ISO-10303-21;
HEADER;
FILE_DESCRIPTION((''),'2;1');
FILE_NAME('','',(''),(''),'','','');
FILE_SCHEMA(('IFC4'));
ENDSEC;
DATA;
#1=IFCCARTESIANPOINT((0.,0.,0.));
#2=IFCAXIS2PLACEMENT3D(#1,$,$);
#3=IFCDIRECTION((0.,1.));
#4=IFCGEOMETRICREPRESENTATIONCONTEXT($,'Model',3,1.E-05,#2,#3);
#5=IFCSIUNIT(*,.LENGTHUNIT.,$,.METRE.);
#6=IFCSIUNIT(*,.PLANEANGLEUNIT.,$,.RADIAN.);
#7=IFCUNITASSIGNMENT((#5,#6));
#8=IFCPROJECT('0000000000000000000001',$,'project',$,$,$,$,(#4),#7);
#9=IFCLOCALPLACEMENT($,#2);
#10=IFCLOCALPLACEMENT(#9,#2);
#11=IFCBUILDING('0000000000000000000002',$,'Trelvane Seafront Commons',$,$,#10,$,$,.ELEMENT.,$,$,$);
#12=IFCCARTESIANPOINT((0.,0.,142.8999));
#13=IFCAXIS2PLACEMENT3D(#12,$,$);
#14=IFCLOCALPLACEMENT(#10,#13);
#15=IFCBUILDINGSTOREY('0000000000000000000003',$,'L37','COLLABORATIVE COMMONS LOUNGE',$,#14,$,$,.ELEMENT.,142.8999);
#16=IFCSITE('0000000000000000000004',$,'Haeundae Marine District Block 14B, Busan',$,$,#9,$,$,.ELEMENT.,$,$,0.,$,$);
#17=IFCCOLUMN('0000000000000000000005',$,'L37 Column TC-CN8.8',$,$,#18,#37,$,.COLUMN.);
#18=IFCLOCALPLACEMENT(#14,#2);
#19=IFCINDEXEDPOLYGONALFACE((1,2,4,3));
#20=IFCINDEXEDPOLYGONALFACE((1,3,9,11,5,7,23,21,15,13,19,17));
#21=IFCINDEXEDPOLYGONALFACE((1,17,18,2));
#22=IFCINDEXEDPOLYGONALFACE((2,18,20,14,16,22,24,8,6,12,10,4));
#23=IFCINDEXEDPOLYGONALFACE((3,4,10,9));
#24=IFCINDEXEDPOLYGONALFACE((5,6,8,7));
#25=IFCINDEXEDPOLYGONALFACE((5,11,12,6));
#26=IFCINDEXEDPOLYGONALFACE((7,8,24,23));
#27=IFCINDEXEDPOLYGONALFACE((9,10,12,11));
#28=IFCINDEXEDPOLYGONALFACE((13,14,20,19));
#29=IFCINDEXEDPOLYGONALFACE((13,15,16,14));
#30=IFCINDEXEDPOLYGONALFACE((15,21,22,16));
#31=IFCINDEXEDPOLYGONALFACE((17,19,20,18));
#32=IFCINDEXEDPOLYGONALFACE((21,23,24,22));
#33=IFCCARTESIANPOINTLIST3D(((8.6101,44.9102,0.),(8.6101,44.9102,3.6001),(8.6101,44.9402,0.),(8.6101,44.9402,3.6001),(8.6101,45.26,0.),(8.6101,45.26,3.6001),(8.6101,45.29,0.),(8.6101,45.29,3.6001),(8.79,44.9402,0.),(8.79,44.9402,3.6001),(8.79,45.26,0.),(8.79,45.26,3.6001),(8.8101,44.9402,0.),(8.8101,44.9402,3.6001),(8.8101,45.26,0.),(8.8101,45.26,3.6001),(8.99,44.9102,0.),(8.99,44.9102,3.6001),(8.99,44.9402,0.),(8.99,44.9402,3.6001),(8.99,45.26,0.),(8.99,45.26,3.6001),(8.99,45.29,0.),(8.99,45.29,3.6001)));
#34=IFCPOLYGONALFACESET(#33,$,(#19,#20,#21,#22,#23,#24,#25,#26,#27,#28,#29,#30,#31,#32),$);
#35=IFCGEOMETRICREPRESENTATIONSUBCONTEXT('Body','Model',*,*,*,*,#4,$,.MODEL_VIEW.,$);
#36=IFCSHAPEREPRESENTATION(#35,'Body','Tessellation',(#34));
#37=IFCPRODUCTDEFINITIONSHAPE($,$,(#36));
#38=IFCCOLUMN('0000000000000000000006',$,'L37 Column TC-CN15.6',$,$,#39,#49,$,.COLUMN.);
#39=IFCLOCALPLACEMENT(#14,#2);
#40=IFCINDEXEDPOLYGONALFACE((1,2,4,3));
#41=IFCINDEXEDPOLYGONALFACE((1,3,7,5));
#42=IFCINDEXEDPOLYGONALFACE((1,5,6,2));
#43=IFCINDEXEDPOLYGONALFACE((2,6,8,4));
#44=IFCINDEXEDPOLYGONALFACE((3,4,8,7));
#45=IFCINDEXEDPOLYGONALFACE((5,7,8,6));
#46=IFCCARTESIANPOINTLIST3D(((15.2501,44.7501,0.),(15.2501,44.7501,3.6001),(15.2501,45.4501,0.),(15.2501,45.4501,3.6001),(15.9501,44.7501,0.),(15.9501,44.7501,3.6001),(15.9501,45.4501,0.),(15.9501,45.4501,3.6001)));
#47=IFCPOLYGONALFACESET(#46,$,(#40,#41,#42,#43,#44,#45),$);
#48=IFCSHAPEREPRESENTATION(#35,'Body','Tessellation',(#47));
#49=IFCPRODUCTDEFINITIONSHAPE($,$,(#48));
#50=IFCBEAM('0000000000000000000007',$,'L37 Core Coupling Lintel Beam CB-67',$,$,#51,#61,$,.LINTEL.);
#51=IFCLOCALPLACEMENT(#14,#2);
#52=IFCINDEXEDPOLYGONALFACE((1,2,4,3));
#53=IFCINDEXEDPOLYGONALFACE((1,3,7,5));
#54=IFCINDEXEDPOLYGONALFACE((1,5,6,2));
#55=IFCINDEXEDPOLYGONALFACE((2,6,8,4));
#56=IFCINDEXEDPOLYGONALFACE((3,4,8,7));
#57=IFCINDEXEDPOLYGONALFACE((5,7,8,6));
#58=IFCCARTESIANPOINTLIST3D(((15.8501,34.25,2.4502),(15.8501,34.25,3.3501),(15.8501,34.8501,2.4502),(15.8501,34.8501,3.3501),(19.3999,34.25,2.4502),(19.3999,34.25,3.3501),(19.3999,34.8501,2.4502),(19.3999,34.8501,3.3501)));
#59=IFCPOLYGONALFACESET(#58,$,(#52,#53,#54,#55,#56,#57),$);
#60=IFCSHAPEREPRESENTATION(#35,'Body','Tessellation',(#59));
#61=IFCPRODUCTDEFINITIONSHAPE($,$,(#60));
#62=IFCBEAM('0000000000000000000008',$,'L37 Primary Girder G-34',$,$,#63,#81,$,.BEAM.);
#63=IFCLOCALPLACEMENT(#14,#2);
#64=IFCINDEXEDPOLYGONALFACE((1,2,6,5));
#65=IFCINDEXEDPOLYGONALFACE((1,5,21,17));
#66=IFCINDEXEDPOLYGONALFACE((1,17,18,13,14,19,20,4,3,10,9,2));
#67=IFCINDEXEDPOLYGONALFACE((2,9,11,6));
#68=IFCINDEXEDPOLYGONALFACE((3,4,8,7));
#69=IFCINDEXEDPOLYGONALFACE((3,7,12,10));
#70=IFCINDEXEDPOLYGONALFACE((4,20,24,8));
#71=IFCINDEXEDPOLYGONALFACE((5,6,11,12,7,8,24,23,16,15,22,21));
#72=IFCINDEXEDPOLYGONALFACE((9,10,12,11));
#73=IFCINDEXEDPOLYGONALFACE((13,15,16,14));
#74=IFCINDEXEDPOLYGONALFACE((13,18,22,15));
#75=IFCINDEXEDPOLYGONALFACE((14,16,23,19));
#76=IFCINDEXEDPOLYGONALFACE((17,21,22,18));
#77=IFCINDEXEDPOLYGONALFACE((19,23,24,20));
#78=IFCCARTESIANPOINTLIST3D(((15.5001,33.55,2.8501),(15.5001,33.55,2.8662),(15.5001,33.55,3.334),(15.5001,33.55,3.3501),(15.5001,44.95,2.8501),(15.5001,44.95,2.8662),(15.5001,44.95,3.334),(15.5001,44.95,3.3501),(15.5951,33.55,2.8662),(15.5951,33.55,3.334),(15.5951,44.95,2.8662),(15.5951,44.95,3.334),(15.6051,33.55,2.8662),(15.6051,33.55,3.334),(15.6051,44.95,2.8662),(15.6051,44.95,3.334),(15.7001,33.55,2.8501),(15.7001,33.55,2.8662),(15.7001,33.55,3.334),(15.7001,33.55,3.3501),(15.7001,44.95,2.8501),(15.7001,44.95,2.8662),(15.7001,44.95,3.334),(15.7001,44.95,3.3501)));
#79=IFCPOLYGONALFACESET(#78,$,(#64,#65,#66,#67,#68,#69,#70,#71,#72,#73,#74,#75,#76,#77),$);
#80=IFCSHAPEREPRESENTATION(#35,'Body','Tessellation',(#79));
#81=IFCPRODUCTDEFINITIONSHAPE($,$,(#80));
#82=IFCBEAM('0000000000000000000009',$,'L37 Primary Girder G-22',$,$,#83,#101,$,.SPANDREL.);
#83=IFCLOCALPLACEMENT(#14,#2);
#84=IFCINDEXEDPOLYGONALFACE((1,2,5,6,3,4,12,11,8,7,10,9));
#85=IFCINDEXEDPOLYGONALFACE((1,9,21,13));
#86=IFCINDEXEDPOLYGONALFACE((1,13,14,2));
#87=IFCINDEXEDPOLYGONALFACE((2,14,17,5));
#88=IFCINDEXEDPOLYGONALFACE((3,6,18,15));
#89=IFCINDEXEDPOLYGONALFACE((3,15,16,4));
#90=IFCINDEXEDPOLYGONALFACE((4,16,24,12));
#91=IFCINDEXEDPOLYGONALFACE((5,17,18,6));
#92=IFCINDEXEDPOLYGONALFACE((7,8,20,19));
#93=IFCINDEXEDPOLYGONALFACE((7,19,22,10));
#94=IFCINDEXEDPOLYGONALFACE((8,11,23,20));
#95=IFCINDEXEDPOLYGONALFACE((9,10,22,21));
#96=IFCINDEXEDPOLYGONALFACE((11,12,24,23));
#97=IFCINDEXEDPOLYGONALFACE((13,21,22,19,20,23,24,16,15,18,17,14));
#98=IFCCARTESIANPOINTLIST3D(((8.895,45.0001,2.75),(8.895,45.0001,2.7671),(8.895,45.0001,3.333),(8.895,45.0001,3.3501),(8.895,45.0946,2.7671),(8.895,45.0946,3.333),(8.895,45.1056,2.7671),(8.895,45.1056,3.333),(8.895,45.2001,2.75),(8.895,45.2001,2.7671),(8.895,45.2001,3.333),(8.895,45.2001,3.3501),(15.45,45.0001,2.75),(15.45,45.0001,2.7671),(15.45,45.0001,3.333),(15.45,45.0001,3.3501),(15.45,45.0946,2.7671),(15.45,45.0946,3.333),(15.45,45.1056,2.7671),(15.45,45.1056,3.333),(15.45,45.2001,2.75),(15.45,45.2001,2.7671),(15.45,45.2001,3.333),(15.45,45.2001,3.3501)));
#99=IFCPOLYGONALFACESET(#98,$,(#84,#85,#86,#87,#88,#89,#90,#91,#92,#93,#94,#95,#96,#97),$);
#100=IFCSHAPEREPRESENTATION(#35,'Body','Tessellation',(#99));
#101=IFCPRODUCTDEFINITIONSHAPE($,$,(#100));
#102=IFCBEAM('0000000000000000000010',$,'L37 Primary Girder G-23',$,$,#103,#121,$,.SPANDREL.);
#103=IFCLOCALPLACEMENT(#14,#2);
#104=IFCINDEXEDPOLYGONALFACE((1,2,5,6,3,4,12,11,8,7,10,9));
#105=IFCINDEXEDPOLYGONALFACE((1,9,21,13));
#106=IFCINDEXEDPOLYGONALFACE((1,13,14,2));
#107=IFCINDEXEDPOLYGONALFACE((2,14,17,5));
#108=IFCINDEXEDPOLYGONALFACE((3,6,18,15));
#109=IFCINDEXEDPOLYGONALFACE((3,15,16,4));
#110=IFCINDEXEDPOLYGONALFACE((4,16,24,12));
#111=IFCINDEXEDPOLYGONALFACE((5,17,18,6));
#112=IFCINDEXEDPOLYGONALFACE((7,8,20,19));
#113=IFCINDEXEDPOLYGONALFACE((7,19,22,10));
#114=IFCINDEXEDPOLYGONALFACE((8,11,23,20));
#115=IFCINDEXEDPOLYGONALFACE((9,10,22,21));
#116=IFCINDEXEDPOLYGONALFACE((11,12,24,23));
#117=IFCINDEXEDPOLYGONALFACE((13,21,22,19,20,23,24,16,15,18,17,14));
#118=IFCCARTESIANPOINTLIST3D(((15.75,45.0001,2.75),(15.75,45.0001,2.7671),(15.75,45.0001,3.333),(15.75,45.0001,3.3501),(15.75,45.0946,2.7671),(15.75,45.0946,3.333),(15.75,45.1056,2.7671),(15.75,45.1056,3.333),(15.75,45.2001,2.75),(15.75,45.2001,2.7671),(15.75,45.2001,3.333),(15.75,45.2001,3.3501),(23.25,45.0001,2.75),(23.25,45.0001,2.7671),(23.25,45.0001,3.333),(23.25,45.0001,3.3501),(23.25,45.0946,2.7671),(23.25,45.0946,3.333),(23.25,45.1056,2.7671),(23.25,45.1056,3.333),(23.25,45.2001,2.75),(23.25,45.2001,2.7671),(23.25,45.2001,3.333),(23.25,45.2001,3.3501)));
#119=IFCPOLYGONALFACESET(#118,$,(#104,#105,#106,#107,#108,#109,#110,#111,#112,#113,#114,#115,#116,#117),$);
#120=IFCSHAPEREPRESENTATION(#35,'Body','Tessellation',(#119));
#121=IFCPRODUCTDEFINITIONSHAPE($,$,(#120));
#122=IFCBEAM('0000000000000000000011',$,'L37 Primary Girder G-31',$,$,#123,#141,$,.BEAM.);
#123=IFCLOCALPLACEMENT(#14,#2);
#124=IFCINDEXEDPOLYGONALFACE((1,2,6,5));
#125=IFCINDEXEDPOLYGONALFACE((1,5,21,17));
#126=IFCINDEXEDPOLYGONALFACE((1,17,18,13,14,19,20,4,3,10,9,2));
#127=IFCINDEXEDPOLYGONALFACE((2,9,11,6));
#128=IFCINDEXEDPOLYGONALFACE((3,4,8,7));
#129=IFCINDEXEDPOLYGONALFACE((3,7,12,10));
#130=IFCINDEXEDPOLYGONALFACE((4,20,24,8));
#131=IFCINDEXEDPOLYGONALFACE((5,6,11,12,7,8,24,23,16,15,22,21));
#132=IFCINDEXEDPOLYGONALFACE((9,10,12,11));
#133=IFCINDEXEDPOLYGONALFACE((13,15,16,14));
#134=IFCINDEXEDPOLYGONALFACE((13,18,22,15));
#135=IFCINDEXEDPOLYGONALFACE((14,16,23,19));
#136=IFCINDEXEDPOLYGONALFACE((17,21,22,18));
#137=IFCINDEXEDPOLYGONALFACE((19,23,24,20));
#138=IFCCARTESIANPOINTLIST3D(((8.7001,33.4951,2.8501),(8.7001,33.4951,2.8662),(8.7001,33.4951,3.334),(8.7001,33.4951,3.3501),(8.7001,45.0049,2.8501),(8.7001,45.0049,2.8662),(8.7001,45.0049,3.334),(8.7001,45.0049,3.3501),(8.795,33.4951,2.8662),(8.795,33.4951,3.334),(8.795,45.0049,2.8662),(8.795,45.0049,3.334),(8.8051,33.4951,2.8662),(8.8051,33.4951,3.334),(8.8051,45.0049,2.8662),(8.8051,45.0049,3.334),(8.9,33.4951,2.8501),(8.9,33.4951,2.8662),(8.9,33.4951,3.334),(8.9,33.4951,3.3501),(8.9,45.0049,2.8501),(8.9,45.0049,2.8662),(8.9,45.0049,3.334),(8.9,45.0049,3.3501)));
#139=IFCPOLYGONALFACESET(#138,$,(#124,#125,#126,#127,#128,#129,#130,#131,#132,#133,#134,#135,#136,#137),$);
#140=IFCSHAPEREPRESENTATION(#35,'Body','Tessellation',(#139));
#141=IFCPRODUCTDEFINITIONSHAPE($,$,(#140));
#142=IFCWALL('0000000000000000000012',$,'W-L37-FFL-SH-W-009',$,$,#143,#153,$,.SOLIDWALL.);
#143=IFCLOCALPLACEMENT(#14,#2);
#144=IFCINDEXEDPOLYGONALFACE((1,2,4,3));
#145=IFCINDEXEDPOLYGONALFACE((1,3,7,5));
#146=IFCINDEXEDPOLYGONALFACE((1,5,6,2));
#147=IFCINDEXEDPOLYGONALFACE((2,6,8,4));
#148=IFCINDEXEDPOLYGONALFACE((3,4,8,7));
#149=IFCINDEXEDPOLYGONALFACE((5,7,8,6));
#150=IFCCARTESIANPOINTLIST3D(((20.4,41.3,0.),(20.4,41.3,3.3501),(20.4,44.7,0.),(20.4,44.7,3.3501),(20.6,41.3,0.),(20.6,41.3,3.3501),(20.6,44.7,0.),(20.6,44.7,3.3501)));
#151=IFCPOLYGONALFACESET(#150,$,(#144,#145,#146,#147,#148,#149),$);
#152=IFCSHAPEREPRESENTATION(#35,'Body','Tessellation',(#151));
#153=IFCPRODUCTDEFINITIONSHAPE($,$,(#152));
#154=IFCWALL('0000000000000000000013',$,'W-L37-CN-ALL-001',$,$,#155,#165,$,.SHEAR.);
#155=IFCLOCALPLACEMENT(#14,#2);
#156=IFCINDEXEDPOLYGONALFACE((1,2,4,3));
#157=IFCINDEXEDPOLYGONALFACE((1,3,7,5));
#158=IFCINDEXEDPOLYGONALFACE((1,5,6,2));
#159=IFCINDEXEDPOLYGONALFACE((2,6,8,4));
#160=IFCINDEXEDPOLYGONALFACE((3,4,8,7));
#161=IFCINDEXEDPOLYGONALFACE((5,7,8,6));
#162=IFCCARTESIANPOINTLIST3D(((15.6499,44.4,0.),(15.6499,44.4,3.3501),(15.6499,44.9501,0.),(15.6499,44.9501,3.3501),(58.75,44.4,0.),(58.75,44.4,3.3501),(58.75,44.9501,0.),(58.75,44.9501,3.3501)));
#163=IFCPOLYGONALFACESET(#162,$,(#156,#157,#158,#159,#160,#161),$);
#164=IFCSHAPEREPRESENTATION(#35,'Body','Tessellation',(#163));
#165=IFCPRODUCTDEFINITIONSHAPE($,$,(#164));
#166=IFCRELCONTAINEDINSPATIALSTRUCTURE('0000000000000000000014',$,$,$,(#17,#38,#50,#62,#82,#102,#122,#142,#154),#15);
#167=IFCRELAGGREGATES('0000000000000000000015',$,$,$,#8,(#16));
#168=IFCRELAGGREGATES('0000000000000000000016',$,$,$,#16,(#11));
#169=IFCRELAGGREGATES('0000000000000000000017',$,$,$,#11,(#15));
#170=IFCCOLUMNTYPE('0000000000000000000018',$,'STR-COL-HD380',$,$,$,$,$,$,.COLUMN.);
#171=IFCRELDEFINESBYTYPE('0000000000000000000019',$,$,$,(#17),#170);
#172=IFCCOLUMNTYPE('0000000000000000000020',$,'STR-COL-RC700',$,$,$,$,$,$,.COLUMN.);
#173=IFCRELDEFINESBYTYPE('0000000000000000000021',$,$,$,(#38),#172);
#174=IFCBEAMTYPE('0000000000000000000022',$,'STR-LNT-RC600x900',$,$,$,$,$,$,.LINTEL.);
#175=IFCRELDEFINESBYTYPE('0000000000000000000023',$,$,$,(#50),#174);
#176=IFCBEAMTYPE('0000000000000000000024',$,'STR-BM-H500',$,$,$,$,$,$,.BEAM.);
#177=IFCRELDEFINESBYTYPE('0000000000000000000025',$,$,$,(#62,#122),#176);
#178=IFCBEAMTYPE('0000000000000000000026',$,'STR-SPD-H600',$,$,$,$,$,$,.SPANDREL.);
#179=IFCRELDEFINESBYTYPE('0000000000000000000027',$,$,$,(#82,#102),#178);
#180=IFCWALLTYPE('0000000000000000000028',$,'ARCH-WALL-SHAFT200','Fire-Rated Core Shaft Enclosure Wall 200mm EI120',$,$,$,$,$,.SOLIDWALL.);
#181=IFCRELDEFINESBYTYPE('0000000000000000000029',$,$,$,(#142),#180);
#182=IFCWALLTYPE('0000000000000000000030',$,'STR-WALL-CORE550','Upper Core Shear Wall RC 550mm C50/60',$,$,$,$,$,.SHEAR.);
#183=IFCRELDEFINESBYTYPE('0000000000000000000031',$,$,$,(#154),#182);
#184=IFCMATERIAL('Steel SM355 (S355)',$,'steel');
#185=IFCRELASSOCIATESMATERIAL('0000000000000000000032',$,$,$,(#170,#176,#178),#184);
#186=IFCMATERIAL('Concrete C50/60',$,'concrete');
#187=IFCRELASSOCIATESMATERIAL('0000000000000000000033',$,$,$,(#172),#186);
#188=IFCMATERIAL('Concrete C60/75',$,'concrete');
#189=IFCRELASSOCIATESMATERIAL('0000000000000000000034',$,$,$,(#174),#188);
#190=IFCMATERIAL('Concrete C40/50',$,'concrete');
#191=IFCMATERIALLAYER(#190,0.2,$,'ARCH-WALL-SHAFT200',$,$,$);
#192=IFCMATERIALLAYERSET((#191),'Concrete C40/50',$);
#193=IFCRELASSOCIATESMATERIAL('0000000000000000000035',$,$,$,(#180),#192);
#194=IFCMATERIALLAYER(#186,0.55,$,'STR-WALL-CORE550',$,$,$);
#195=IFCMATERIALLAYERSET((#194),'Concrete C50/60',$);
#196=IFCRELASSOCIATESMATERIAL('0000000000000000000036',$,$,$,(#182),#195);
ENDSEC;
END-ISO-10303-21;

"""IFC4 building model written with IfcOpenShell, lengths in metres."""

from ifc_helpers import new_model, si_unit, direction, frame, frame_2d, origin, origin_2d, place, context, subcontext, project, spatial, rectangle, i_section, extrude, source, transform, mapped, material, layer, layer_set, material_profile, profile_set, type_object, element, save


model = new_model("IFC4")

# Units and contexts
model_context = context("Model", 3, precision=1e-05, world=origin(), true_north=direction((0.0, 1.0)))
body_context = subcontext(model_context, "Body", "Model", "MODEL_VIEW")
ifc_project = project(units=[si_unit("LENGTHUNIT", "METRE"), si_unit("PLANEANGLEUNIT", "RADIAN")], contexts=[model_context])

# Site, building, storey
site_placement = place(None, origin())
site = spatial("IfcSite", under=ifc_project, at=site_placement, Name="Haeundae Marine District Block 14B, Busan", CompositionType="ELEMENT", RefElevation=0.0)
building_placement = place(site_placement, origin())
building = spatial("IfcBuilding", under=site, at=building_placement, Name="Trelvane Seafront Commons", CompositionType="ELEMENT")
storey_placement = place(building_placement, frame((0.0, 0.0, 142.8999)))
storey = spatial("IfcBuildingStorey", under=building, at=storey_placement, Name="L37", Description="COLLABORATIVE COMMONS LOUNGE", CompositionType="ELEMENT", Elevation=142.8999)

# Columns
ifc_material_1 = material(Name="Steel SM355 (S355)", Category="steel")
ifc_material_profile_1 = material_profile(ifc_material_1, i_section(OverallWidth=0.3799, OverallDepth=0.3799, WebThickness=0.02, FlangeThickness=0.03, at=origin_2d()), Name="HD-380x380x20x30")
ifc_profile_set_1 = profile_set([ifc_material_profile_1], Name="Steel SM355 (S355)")
column_type_1 = type_object("IfcColumnType", Name="STR-COL-HD380", PredefinedType="COLUMN", material=ifc_profile_set_1)
shared_shape_1 = source(origin(), body_context, "Body", "SweptSolid", [
    extrude(i_section(OverallWidth=0.3799, OverallDepth=0.3799, WebThickness=0.02, FlangeThickness=0.03, at=origin_2d()), origin(), (0.0, 0.0, 1.0), 3.6001),
])
column_1_placement = place(storey_placement, frame((8.8, 45.1001, 0.0), z_axis=(0.0, 0.0, 1.0), x_axis=(1.0, 0.0, 0.0)))
element("IfcColumn", 1, at=column_1_placement, inside=storey, type_object=column_type_1, Name="L37 Column TC-CN8.8", PredefinedType="COLUMN", context=body_context, shape_type="MappedRepresentation", body=[
    mapped(shared_shape_1, transform((0.0, 0.0, 0.0), x_axis=(1.0, 0.0, 0.0), y_axis=(0.0, 1.0, 0.0), z_axis=(0.0, 0.0, 1.0), scale=1.0)),
])
ifc_material_2 = material(Name="Concrete C50/60", Category="concrete")
ifc_material_profile_2 = material_profile(ifc_material_2, rectangle(XDim=0.7, YDim=0.7, at=origin_2d()), Name="RC-700x700")
ifc_profile_set_2 = profile_set([ifc_material_profile_2], Name="Concrete C50/60")
column_type_2 = type_object("IfcColumnType", Name="STR-COL-RC700", PredefinedType="COLUMN", material=ifc_profile_set_2)
shared_shape_2 = source(origin(), body_context, "Body", "SweptSolid", [
    extrude(rectangle(XDim=0.7, YDim=0.7, at=origin_2d()), origin(), (0.0, 0.0, 1.0), 3.6001),
])
column_2_placement = place(storey_placement, frame((15.6001, 45.1001, 0.0), z_axis=(0.0, 0.0, 1.0), x_axis=(1.0, 0.0, 0.0)))
element("IfcColumn", 2, at=column_2_placement, inside=storey, type_object=column_type_2, Name="L37 Column TC-CN15.6", PredefinedType="COLUMN", context=body_context, shape_type="MappedRepresentation", body=[
    mapped(shared_shape_2, transform((0.0, 0.0, 0.0), x_axis=(1.0, 0.0, 0.0), y_axis=(0.0, 1.0, 0.0), z_axis=(0.0, 0.0, 1.0), scale=1.0)),
])

# Beams
ifc_material_3 = material(Name="Concrete C60/75", Category="concrete")
ifc_material_profile_3 = material_profile(ifc_material_3, rectangle(XDim=0.6001, YDim=0.8999, at=origin_2d()), Name="RC-600x900")
ifc_profile_set_3 = profile_set([ifc_material_profile_3], Name="Concrete C60/75")
beam_type_1 = type_object("IfcBeamType", Name="STR-LNT-RC600x900", PredefinedType="LINTEL", material=ifc_profile_set_3)
shared_shape_3 = source(origin(), body_context, "Body", "SweptSolid", [
    extrude(rectangle(XDim=0.6001, YDim=0.8999, at=origin_2d()), origin(), (0.0, 0.0, 1.0), 3.5498),
])
beam_1_placement = place(storey_placement, frame((15.8501, 34.55, 2.9001), z_axis=(1.0, 0.0, 0.0), x_axis=(0.0, 1.0, 0.0)))
element("IfcBeam", 3, at=beam_1_placement, inside=storey, type_object=beam_type_1, Name="L37 Core Coupling Lintel Beam CB-67", PredefinedType="LINTEL", context=body_context, shape_type="MappedRepresentation", body=[
    mapped(shared_shape_3, transform((0.0, 0.0, 0.0), x_axis=(1.0, 0.0, 0.0), y_axis=(0.0, 1.0, 0.0), z_axis=(0.0, 0.0, 1.0), scale=1.0)),
])
ifc_material_profile_4 = material_profile(ifc_material_1, i_section(OverallWidth=0.2, OverallDepth=0.5, WebThickness=0.01, FlangeThickness=0.0161, at=origin_2d()), Name="H-500x200x10x16")
ifc_profile_set_4 = profile_set([ifc_material_profile_4], Name="Steel SM355 (S355)")
beam_type_2 = type_object("IfcBeamType", Name="STR-BM-H500", PredefinedType="BEAM", material=ifc_profile_set_4)
shared_shape_4 = source(origin(), body_context, "Body", "SweptSolid", [
    extrude(i_section(OverallWidth=0.2, OverallDepth=0.5, WebThickness=0.01, FlangeThickness=0.0161, at=origin_2d()), origin(), (0.0, 0.0, 1.0), 11.3999),
])
beam_2_placement = place(storey_placement, frame((15.6001, 33.55, 3.1001), z_axis=(0.0, 1.0, 0.0), x_axis=(-1.0, 0.0, 0.0)))
element("IfcBeam", 4, at=beam_2_placement, inside=storey, type_object=beam_type_2, Name="L37 Primary Girder G-34", PredefinedType="BEAM", context=body_context, shape_type="MappedRepresentation", body=[
    mapped(shared_shape_4, transform((0.0, 0.0, 0.0), x_axis=(1.0, 0.0, 0.0), y_axis=(0.0, 1.0, 0.0), z_axis=(0.0, 0.0, 1.0), scale=1.0)),
])
ifc_material_profile_5 = material_profile(ifc_material_1, i_section(OverallWidth=0.2, OverallDepth=0.6001, WebThickness=0.011, FlangeThickness=0.0171, at=origin_2d()), Name="H-600x200x11x17")
ifc_profile_set_5 = profile_set([ifc_material_profile_5], Name="Steel SM355 (S355)")
beam_type_3 = type_object("IfcBeamType", Name="STR-SPD-H600", PredefinedType="SPANDREL", material=ifc_profile_set_5)
shared_shape_5 = source(origin(), body_context, "Body", "SweptSolid", [
    extrude(i_section(OverallWidth=0.2, OverallDepth=0.6001, WebThickness=0.011, FlangeThickness=0.0171, at=origin_2d()), origin(), (0.0, 0.0, 1.0), 6.5549),
])
beam_3_placement = place(storey_placement, frame((8.895, 45.1001, 3.05), z_axis=(1.0, 0.0, 0.0), x_axis=(0.0, 1.0, 0.0)))
element("IfcBeam", 5, at=beam_3_placement, inside=storey, type_object=beam_type_3, Name="L37 Primary Girder G-22", PredefinedType="SPANDREL", context=body_context, shape_type="MappedRepresentation", body=[
    mapped(shared_shape_5, transform((0.0, 0.0, 0.0), x_axis=(1.0, 0.0, 0.0), y_axis=(0.0, 1.0, 0.0), z_axis=(0.0, 0.0, 1.0), scale=1.0)),
])
shared_shape_6 = source(origin(), body_context, "Body", "SweptSolid", [
    extrude(i_section(OverallWidth=0.2, OverallDepth=0.6001, WebThickness=0.011, FlangeThickness=0.0171, at=origin_2d()), origin(), (0.0, 0.0, 1.0), 7.5),
])
beam_4_placement = place(storey_placement, frame((15.75, 45.1001, 3.05), z_axis=(1.0, 0.0, 0.0), x_axis=(0.0, 1.0, 0.0)))
element("IfcBeam", 6, at=beam_4_placement, inside=storey, type_object=beam_type_3, Name="L37 Primary Girder G-23", PredefinedType="SPANDREL", context=body_context, shape_type="MappedRepresentation", body=[
    mapped(shared_shape_6, transform((0.0, 0.0, 0.0), x_axis=(1.0, 0.0, 0.0), y_axis=(0.0, 1.0, 0.0), z_axis=(0.0, 0.0, 1.0), scale=1.0)),
])
shared_shape_7 = source(origin(), body_context, "Body", "SweptSolid", [
    extrude(i_section(OverallWidth=0.2, OverallDepth=0.5, WebThickness=0.01, FlangeThickness=0.0161, at=origin_2d()), origin(), (0.0, 0.0, 1.0), 11.5098),
])
beam_5_placement = place(storey_placement, frame((8.8, 33.4951, 3.1001), z_axis=(0.0, 1.0, 0.0), x_axis=(-1.0, 0.0, 0.0)))
element("IfcBeam", 7, at=beam_5_placement, inside=storey, type_object=beam_type_2, Name="L37 Primary Girder G-31", PredefinedType="BEAM", context=body_context, shape_type="MappedRepresentation", body=[
    mapped(shared_shape_7, transform((0.0, 0.0, 0.0), x_axis=(1.0, 0.0, 0.0), y_axis=(0.0, 1.0, 0.0), z_axis=(0.0, 0.0, 1.0), scale=1.0)),
])

# Shared definitions
ifc_material_4 = material(Name="Concrete C40/50", Category="concrete")
ifc_layer_1 = layer(ifc_material_4, 0.2, Name="ARCH-WALL-SHAFT200")
ifc_layer_set_1 = layer_set([ifc_layer_1], Name="Concrete C40/50")
wall_type_1 = type_object("IfcWallType", Name="ARCH-WALL-SHAFT200", Description="Fire-Rated Core Shaft Enclosure Wall 200mm EI120", PredefinedType="SOLIDWALL", material=ifc_layer_set_1)

# Walls
wall_1_placement = place(storey_placement, frame((20.5, 41.3, 0.0), z_axis=(0.0, 0.0, 1.0), x_axis=(0.0, 1.0, 0.0)))
element("IfcWall", 8, at=wall_1_placement, inside=storey, type_object=wall_type_1, Name="W-L37-FFL-SH-W-009", PredefinedType="SOLIDWALL", context=body_context, shape_type="SweptSolid", body=[
    extrude(rectangle(XDim=3.3999, YDim=0.2, at=frame_2d((1.7, 0.0))), origin(), (0.0, 0.0, 1.0), 3.3501),
])
ifc_layer_2 = layer(ifc_material_2, 0.55, Name="STR-WALL-CORE550")
ifc_layer_set_2 = layer_set([ifc_layer_2], Name="Concrete C50/60")
wall_type_2 = type_object("IfcWallType", Name="STR-WALL-CORE550", Description="Upper Core Shear Wall RC 550mm C50/60", PredefinedType="SHEAR", material=ifc_layer_set_2)
wall_2_placement = place(storey_placement, frame((15.6499, 44.675, 0.0), z_axis=(0.0, 0.0, 1.0), x_axis=(1.0, 0.0, 0.0)))
element("IfcWall", 9, at=wall_2_placement, inside=storey, type_object=wall_type_2, Name="W-L37-CN-ALL-001", PredefinedType="SHEAR", context=body_context, shape_type="SweptSolid", body=[
    extrude(rectangle(XDim=43.1001, YDim=0.55, at=frame_2d((21.55, 0.0))), origin(), (0.0, 0.0, 1.0), 3.3501),
])

save(model, "model.ifc")
